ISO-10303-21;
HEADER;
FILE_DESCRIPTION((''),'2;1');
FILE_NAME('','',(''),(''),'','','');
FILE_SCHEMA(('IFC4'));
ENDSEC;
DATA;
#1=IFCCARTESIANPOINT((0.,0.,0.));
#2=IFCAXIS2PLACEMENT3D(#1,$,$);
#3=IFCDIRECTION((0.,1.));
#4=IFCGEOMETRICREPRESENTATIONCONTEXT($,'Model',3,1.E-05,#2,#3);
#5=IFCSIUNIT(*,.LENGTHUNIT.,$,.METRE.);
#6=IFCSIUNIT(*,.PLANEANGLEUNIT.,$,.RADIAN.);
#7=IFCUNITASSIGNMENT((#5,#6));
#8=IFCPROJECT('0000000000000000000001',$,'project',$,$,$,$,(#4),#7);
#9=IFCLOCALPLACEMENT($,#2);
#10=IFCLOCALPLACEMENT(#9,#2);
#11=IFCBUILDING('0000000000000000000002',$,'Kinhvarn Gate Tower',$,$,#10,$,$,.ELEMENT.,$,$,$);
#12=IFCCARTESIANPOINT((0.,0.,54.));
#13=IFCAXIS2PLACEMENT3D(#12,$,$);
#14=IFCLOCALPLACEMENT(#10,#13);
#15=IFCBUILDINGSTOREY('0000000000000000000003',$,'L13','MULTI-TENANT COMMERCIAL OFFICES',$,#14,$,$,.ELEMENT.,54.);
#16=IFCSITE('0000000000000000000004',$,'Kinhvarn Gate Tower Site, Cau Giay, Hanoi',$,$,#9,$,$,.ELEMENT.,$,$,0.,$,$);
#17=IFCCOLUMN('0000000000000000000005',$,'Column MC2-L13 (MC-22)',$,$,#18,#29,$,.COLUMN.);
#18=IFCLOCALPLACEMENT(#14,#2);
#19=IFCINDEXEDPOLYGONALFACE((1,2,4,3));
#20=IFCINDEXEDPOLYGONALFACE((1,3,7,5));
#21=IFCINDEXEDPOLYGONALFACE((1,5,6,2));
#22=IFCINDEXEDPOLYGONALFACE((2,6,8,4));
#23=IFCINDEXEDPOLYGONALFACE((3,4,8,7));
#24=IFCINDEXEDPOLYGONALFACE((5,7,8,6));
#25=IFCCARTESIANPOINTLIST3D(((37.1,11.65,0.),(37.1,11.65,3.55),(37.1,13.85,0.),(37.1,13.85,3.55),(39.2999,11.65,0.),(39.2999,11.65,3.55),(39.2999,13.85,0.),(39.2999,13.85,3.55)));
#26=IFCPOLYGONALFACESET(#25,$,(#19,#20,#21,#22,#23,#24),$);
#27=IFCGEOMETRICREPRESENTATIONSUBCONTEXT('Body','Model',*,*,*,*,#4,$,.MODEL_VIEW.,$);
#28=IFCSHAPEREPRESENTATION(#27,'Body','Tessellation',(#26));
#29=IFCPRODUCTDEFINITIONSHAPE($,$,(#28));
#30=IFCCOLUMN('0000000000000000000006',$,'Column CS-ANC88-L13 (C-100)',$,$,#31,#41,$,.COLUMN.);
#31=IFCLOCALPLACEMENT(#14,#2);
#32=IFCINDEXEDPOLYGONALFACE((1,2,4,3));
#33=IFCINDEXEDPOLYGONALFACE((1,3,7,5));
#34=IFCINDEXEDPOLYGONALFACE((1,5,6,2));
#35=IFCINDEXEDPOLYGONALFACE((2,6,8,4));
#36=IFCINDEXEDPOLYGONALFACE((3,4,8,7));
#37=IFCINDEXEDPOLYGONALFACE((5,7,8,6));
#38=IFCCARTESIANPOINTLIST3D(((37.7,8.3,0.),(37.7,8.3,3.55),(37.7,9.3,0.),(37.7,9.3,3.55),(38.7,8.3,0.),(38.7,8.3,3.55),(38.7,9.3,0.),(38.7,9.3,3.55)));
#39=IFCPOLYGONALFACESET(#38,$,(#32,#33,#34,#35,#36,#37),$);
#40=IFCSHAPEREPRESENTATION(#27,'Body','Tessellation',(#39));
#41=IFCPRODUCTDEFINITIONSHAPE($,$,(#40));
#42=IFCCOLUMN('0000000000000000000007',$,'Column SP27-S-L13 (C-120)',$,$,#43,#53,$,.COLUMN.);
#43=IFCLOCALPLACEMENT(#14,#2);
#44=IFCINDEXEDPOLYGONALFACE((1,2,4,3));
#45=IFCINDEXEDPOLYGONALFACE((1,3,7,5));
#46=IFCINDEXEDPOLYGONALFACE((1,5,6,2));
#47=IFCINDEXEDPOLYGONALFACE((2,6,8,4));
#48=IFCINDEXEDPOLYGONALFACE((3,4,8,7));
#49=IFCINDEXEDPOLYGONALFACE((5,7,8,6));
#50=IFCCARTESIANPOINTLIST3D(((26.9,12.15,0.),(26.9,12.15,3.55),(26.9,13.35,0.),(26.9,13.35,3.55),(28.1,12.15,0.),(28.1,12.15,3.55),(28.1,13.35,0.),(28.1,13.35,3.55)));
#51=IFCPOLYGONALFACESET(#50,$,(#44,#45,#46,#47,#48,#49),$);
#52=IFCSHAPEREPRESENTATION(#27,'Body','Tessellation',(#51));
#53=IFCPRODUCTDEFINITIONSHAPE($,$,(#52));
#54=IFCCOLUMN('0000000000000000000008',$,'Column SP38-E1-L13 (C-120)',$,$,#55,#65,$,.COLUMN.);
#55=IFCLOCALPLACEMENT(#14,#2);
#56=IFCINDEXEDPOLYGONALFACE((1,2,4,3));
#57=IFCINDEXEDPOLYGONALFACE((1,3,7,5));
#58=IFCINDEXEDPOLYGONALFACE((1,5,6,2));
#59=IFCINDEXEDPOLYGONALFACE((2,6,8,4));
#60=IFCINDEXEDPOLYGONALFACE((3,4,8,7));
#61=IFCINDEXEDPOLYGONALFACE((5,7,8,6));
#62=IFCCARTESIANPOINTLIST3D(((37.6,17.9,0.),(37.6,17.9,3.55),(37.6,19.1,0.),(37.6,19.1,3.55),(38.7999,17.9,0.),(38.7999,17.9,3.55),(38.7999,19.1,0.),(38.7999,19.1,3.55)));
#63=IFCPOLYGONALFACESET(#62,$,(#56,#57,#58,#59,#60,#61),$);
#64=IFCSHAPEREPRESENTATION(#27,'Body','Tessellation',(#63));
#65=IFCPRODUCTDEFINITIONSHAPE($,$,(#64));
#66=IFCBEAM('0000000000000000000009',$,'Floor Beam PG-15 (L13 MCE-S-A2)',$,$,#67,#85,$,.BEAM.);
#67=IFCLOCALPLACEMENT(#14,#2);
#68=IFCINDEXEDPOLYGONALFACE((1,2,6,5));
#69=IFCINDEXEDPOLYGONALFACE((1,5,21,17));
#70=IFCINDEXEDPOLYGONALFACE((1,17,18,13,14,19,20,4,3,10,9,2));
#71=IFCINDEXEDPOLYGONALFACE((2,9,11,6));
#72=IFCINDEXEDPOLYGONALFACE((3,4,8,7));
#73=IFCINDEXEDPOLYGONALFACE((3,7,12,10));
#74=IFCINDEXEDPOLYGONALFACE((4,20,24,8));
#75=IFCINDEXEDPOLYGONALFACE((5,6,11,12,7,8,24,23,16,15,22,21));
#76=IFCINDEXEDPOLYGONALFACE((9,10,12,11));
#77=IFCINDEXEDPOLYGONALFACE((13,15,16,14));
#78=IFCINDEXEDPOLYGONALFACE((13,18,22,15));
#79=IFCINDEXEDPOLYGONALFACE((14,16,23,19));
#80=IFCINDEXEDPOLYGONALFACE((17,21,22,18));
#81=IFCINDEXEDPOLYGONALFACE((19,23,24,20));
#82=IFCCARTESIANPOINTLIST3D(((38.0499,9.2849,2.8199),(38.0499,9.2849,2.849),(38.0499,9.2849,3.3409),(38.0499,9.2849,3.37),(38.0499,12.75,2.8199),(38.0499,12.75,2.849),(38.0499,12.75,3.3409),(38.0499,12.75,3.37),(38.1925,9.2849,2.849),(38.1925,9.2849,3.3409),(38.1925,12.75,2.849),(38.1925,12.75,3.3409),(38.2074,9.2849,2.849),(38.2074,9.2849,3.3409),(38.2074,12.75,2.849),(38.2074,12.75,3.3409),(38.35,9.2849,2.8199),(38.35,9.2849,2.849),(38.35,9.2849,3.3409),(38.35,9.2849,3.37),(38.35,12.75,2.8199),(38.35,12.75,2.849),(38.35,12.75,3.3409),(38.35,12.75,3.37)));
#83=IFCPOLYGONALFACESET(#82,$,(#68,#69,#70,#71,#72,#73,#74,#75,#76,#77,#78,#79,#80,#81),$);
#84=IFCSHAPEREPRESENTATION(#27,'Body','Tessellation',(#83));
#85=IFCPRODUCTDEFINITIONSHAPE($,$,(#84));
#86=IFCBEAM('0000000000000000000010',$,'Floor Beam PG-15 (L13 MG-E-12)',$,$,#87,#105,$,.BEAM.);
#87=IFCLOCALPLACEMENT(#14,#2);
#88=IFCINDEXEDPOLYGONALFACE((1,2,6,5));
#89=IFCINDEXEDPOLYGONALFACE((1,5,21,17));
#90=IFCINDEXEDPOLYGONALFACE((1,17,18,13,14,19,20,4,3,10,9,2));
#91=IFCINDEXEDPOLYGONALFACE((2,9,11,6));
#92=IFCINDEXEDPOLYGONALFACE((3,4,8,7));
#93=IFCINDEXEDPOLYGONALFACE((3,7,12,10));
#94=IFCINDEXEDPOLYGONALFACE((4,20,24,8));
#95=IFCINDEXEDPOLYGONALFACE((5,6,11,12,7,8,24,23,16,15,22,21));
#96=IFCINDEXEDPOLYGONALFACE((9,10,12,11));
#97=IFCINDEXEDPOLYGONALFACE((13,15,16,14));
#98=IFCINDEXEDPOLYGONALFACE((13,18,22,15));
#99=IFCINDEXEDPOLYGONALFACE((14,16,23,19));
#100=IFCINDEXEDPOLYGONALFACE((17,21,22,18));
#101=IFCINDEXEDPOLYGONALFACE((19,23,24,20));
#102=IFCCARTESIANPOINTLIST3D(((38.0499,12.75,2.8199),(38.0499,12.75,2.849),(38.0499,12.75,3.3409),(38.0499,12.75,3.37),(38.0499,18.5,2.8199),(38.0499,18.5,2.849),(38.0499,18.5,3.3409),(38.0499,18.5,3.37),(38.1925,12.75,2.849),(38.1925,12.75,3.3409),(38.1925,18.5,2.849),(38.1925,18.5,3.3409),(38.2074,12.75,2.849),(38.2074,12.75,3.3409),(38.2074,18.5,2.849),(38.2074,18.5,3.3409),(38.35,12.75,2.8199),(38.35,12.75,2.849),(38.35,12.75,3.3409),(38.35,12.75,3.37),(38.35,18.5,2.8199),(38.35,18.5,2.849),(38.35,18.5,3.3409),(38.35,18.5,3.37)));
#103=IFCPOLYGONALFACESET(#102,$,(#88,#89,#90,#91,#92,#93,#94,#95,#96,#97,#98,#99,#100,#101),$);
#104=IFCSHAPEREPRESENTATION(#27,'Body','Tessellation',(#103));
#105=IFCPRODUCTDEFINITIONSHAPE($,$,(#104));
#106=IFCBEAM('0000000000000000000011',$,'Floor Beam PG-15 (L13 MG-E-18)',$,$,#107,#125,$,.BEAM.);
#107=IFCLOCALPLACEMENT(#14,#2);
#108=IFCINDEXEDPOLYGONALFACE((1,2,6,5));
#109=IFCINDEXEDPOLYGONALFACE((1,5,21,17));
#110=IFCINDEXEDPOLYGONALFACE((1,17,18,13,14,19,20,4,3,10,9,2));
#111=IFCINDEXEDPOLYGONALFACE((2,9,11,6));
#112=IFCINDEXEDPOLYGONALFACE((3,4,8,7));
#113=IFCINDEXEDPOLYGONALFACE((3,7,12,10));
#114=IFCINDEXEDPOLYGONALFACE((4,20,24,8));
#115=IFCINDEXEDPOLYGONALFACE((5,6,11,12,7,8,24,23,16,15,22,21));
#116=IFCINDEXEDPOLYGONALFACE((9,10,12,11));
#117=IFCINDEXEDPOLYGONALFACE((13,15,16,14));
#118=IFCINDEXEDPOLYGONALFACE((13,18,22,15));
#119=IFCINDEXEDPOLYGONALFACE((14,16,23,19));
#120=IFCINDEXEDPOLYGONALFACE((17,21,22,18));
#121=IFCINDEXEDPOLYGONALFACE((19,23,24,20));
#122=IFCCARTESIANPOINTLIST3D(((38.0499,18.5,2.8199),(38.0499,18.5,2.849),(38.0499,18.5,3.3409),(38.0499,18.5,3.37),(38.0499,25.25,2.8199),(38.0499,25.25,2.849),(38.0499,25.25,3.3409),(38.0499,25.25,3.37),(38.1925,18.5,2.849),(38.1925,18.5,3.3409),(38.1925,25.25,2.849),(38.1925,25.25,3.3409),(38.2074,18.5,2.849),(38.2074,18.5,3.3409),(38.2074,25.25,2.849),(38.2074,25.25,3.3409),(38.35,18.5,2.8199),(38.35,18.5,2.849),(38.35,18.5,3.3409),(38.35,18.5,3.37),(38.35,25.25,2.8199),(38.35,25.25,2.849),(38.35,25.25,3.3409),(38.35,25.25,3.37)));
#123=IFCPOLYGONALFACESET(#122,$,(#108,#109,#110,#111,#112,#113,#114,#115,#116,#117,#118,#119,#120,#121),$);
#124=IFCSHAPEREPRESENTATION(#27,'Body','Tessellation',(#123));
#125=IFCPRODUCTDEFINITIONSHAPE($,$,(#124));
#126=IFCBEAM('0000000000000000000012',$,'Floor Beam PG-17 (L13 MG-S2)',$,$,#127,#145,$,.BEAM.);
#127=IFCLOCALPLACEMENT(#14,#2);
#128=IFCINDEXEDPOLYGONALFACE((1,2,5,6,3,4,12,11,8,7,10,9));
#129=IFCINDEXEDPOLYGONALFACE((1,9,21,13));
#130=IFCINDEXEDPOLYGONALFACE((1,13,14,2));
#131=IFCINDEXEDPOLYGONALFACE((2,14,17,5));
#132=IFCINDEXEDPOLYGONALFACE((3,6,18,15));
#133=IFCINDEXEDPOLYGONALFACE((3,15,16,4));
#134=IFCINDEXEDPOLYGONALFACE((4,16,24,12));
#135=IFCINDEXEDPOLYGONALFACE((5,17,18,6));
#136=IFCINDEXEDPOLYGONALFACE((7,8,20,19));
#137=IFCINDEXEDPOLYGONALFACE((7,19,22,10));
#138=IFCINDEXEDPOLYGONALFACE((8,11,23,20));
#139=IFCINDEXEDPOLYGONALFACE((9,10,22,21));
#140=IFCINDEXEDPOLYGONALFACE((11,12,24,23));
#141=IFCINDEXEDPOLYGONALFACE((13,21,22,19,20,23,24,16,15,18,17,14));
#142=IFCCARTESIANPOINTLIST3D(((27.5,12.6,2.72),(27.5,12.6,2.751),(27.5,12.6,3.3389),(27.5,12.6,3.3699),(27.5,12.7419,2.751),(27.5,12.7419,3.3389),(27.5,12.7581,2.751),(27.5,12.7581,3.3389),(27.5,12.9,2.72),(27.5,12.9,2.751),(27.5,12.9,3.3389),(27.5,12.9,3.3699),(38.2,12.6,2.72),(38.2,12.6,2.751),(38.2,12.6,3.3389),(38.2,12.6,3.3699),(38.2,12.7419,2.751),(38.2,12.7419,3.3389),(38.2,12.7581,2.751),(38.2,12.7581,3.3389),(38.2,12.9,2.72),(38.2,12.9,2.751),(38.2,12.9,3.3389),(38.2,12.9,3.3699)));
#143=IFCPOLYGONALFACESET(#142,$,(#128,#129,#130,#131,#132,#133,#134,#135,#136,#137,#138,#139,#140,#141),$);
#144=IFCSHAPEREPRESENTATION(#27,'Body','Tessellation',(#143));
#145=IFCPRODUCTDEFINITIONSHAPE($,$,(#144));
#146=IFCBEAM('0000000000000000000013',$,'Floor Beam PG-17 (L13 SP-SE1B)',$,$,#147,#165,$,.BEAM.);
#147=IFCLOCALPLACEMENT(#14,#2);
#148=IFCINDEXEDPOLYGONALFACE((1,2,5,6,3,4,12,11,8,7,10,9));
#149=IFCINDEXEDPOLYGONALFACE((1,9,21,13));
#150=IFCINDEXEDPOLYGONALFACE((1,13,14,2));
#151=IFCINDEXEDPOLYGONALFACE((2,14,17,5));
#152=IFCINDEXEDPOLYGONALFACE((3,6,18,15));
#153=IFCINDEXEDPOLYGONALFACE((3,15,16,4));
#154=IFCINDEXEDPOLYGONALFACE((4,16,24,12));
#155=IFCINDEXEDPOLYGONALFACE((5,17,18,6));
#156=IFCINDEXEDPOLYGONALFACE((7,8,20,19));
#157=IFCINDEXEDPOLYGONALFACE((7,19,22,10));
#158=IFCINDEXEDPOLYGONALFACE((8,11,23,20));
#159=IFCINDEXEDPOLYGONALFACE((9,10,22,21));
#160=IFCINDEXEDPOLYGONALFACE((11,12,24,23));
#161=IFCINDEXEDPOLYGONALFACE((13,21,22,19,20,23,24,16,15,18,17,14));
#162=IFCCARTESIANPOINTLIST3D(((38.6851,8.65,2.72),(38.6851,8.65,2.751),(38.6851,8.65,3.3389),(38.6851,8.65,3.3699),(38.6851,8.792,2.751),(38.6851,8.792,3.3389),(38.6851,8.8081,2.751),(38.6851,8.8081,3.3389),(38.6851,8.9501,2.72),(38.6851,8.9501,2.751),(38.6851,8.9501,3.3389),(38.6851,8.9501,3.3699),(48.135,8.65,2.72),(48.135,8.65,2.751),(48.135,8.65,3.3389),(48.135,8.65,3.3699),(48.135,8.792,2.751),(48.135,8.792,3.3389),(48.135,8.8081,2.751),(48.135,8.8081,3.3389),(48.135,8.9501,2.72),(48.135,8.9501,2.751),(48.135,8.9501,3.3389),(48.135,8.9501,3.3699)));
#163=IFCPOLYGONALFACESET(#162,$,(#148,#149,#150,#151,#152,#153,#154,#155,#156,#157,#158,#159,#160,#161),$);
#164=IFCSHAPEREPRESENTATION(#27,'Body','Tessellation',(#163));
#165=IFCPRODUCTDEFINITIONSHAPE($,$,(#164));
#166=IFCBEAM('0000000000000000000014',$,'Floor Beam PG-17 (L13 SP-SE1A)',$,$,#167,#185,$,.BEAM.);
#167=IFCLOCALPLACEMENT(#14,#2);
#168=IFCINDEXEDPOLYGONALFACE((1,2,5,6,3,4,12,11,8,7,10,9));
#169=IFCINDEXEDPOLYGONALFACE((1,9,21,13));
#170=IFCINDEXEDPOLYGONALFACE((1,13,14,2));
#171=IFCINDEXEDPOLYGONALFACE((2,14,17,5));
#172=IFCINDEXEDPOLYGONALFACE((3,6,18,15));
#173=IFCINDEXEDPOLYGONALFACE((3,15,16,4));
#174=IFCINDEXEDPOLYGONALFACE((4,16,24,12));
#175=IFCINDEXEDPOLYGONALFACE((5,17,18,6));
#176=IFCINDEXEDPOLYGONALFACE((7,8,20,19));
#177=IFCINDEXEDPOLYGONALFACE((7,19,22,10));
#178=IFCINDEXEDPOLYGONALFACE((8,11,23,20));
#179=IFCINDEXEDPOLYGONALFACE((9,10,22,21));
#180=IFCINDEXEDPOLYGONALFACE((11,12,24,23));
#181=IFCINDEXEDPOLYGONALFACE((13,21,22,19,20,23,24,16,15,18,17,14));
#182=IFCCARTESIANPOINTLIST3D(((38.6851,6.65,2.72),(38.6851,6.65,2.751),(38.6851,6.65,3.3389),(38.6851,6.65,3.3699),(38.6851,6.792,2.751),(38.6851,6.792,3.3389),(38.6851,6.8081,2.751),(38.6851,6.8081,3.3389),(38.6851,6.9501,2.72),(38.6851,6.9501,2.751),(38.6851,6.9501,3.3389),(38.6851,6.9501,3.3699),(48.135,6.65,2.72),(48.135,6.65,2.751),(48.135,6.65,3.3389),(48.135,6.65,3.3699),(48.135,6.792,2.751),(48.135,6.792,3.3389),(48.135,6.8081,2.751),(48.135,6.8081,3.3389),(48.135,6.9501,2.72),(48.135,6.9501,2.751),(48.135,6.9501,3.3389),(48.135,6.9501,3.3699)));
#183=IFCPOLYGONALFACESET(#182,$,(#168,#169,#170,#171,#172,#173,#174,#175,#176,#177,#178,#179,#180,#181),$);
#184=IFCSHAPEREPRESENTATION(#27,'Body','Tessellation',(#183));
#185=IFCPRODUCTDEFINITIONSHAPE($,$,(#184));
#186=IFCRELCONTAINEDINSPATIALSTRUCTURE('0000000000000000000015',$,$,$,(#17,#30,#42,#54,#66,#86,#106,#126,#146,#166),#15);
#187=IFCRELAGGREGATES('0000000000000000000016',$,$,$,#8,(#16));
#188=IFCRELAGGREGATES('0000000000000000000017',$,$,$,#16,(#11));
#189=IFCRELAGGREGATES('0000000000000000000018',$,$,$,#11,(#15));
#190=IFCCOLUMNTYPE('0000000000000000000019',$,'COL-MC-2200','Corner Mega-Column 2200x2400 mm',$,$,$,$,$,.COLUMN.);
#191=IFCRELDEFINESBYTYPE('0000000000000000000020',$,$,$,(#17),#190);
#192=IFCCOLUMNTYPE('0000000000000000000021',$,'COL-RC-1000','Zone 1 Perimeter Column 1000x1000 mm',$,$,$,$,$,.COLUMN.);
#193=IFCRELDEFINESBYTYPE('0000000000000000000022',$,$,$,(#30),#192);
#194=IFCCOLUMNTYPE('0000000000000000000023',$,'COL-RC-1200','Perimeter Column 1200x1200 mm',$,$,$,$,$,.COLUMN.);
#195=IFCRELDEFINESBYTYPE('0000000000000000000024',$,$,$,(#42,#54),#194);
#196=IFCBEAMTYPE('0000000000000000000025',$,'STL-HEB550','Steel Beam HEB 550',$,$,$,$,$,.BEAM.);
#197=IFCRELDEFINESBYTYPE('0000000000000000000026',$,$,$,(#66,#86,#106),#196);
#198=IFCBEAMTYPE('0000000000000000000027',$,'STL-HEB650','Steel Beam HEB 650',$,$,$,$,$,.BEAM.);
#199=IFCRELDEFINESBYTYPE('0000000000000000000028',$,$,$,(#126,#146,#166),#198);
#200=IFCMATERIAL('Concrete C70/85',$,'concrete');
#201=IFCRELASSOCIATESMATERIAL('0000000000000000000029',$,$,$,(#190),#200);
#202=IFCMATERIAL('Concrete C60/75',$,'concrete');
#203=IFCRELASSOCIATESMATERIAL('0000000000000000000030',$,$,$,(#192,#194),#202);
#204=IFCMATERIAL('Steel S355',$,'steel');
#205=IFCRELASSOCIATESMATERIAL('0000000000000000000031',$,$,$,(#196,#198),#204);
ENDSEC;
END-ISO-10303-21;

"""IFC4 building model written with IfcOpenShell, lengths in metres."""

from ifc_helpers import new_model, si_unit, direction, frame, origin, origin_2d, place, context, subcontext, project, spatial, rectangle, i_section, extrude, material, material_profile, profile_set, type_object, element, save


model = new_model("IFC4")

# Units and contexts
model_context = context("Model", 3, precision=1e-05, world=origin(), true_north=direction((0.0, 1.0)))
body_context = subcontext(model_context, "Body", "Model", "MODEL_VIEW")
ifc_project = project(units=[si_unit("LENGTHUNIT", "METRE"), si_unit("PLANEANGLEUNIT", "RADIAN")], contexts=[model_context])

# Site, building, storey
site_placement = place(None, origin())
site = spatial("IfcSite", under=ifc_project, at=site_placement, Name="Kinhvarn Gate Tower Site, Cau Giay, Hanoi", CompositionType="ELEMENT", RefElevation=0.0)
building_placement = place(site_placement, origin())
building = spatial("IfcBuilding", under=site, at=building_placement, Name="Kinhvarn Gate Tower", CompositionType="ELEMENT")
storey_placement = place(building_placement, frame((0.0, 0.0, 54.0)))
storey = spatial("IfcBuildingStorey", under=building, at=storey_placement, Name="L13", Description="MULTI-TENANT COMMERCIAL OFFICES", CompositionType="ELEMENT", Elevation=54.0)

# Columns
ifc_material_1 = material(Name="Concrete C70/85", Category="concrete")
ifc_material_profile_1 = material_profile(ifc_material_1, rectangle(XDim=2.2, YDim=2.2, at=origin_2d()), Name="RC 2200x2200")
ifc_profile_set_1 = profile_set([ifc_material_profile_1], Name="Concrete C70/85")
column_type_1 = type_object("IfcColumnType", Name="COL-MC-2200", Description="Corner Mega-Column 2200x2400 mm", PredefinedType="COLUMN", material=ifc_profile_set_1)
column_1_placement = place(storey_placement, frame((38.2, 12.75, 0.0), z_axis=(0.0, 0.0, 1.0), x_axis=(1.0, 0.0, 0.0)))
element("IfcColumn", 1, at=column_1_placement, inside=storey, type_object=column_type_1, Name="Column MC2-L13 (MC-22)", PredefinedType="COLUMN", context=body_context, shape_type="SweptSolid", body=[
    extrude(rectangle(XDim=2.2, YDim=2.2, at=origin_2d()), origin(), (0.0, 0.0, 1.0), 3.55),
])
ifc_material_2 = material(Name="Concrete C60/75", Category="concrete")
ifc_material_profile_2 = material_profile(ifc_material_2, rectangle(XDim=1.0, YDim=1.0, at=origin_2d()), Name="RC 1000x1000")
ifc_profile_set_2 = profile_set([ifc_material_profile_2], Name="Concrete C60/75")
column_type_2 = type_object("IfcColumnType", Name="COL-RC-1000", Description="Zone 1 Perimeter Column 1000x1000 mm", PredefinedType="COLUMN", material=ifc_profile_set_2)
column_2_placement = place(storey_placement, frame((38.2, 8.8, 0.0), z_axis=(0.0, 0.0, 1.0), x_axis=(1.0, 0.0, 0.0)))
element("IfcColumn", 2, at=column_2_placement, inside=storey, type_object=column_type_2, Name="Column CS-ANC88-L13 (C-100)", PredefinedType="COLUMN", context=body_context, shape_type="SweptSolid", body=[
    extrude(rectangle(XDim=1.0, YDim=1.0, at=origin_2d()), origin(), (0.0, 0.0, 1.0), 3.55),
])
ifc_material_profile_3 = material_profile(ifc_material_2, rectangle(XDim=1.2, YDim=1.2, at=origin_2d()), Name="RC 1200x1200")
ifc_profile_set_3 = profile_set([ifc_material_profile_3], Name="Concrete C60/75")
column_type_3 = type_object("IfcColumnType", Name="COL-RC-1200", Description="Perimeter Column 1200x1200 mm", PredefinedType="COLUMN", material=ifc_profile_set_3)
for number, where, z_axis, x_axis, name in (
    (3, (27.5, 12.75, 0.0), (0.0, 0.0, 1.0), (1.0, 0.0, 0.0), "Column SP27-S-L13 (C-120)"),
    (4, (38.2, 18.5, 0.0), (0.0, 0.0, 1.0), (1.0, 0.0, 0.0), "Column SP38-E1-L13 (C-120)"),
):
    element("IfcColumn", number, at=place(storey_placement, frame(where, z_axis=z_axis, x_axis=x_axis)), inside=storey, type_object=column_type_3, Name=name, PredefinedType="COLUMN", context=body_context, shape_type="SweptSolid", body=[
        extrude(rectangle(XDim=1.2, YDim=1.2, at=origin_2d()), origin(), (0.0, 0.0, 1.0), 3.55),
    ])

# Beams
ifc_material_3 = material(Name="Steel S355", Category="steel")
ifc_material_profile_4 = material_profile(ifc_material_3, i_section(OverallWidth=0.3, OverallDepth=0.55, WebThickness=0.0149, FlangeThickness=0.0291, at=origin_2d()), Name="HEB 550")
ifc_profile_set_4 = profile_set([ifc_material_profile_4], Name="Steel S355")
beam_type_1 = type_object("IfcBeamType", Name="STL-HEB550", Description="Steel Beam HEB 550", PredefinedType="BEAM", material=ifc_profile_set_4)
beam_1_placement = place(storey_placement, frame((38.2, 9.2849, 3.095), z_axis=(0.0, 1.0, 0.0), x_axis=(-1.0, 0.0, 0.0)))
element("IfcBeam", 5, at=beam_1_placement, inside=storey, type_object=beam_type_1, Name="Floor Beam PG-15 (L13 MCE-S-A2)", PredefinedType="BEAM", context=body_context, shape_type="SweptSolid", body=[
    extrude(i_section(OverallWidth=0.3, OverallDepth=0.55, WebThickness=0.0149, FlangeThickness=0.0291, at=origin_2d()), origin(), (0.0, 0.0, 1.0), 3.4651),
])
beam_2_placement = place(storey_placement, frame((38.2, 12.75, 3.095), z_axis=(0.0, 1.0, 0.0), x_axis=(-1.0, 0.0, 0.0)))
element("IfcBeam", 6, at=beam_2_placement, inside=storey, type_object=beam_type_1, Name="Floor Beam PG-15 (L13 MG-E-12)", PredefinedType="BEAM", context=body_context, shape_type="SweptSolid", body=[
    extrude(i_section(OverallWidth=0.3, OverallDepth=0.55, WebThickness=0.0149, FlangeThickness=0.0291, at=origin_2d()), origin(), (0.0, 0.0, 1.0), 5.75),
])
beam_3_placement = place(storey_placement, frame((38.2, 18.5, 3.095), z_axis=(0.0, 1.0, 0.0), x_axis=(-1.0, 0.0, 0.0)))
element("IfcBeam", 7, at=beam_3_placement, inside=storey, type_object=beam_type_1, Name="Floor Beam PG-15 (L13 MG-E-18)", PredefinedType="BEAM", context=body_context, shape_type="SweptSolid", body=[
    extrude(i_section(OverallWidth=0.3, OverallDepth=0.55, WebThickness=0.0149, FlangeThickness=0.0291, at=origin_2d()), origin(), (0.0, 0.0, 1.0), 6.75),
])
ifc_material_profile_5 = material_profile(ifc_material_3, i_section(OverallWidth=0.3, OverallDepth=0.6499, WebThickness=0.0161, FlangeThickness=0.031, at=origin_2d()), Name="HEB 650")
ifc_profile_set_5 = profile_set([ifc_material_profile_5], Name="Steel S355")
beam_type_2 = type_object("IfcBeamType", Name="STL-HEB650", Description="Steel Beam HEB 650", PredefinedType="BEAM", material=ifc_profile_set_5)
beam_4_placement = place(storey_placement, frame((27.5, 12.75, 3.0449), z_axis=(1.0, 0.0, 0.0), x_axis=(0.0, 1.0, 0.0)))
element("IfcBeam", 8, at=beam_4_placement, inside=storey, type_object=beam_type_2, Name="Floor Beam PG-17 (L13 MG-S2)", PredefinedType="BEAM", context=body_context, shape_type="SweptSolid", body=[
    extrude(i_section(OverallWidth=0.3, OverallDepth=0.6499, WebThickness=0.0161, FlangeThickness=0.031, at=origin_2d()), origin(), (0.0, 0.0, 1.0), 10.7),
])
for number, where, z_axis, x_axis, name in (
    (9, (38.6851, 8.8, 3.0449), (1.0, 0.0, 0.0), (0.0, 1.0, 0.0), "Floor Beam PG-17 (L13 SP-SE1B)"),
    (10, (38.6851, 6.8, 3.0449), (1.0, 0.0, 0.0), (0.0, 1.0, 0.0), "Floor Beam PG-17 (L13 SP-SE1A)"),
):
    element("IfcBeam", number, at=place(storey_placement, frame(where, z_axis=z_axis, x_axis=x_axis)), inside=storey, type_object=beam_type_2, Name=name, PredefinedType="BEAM", context=body_context, shape_type="SweptSolid", body=[
        extrude(i_section(OverallWidth=0.3, OverallDepth=0.6499, WebThickness=0.0161, FlangeThickness=0.031, at=origin_2d()), origin(), (0.0, 0.0, 1.0), 9.45),
    ])

save(model, "model.ifc")
